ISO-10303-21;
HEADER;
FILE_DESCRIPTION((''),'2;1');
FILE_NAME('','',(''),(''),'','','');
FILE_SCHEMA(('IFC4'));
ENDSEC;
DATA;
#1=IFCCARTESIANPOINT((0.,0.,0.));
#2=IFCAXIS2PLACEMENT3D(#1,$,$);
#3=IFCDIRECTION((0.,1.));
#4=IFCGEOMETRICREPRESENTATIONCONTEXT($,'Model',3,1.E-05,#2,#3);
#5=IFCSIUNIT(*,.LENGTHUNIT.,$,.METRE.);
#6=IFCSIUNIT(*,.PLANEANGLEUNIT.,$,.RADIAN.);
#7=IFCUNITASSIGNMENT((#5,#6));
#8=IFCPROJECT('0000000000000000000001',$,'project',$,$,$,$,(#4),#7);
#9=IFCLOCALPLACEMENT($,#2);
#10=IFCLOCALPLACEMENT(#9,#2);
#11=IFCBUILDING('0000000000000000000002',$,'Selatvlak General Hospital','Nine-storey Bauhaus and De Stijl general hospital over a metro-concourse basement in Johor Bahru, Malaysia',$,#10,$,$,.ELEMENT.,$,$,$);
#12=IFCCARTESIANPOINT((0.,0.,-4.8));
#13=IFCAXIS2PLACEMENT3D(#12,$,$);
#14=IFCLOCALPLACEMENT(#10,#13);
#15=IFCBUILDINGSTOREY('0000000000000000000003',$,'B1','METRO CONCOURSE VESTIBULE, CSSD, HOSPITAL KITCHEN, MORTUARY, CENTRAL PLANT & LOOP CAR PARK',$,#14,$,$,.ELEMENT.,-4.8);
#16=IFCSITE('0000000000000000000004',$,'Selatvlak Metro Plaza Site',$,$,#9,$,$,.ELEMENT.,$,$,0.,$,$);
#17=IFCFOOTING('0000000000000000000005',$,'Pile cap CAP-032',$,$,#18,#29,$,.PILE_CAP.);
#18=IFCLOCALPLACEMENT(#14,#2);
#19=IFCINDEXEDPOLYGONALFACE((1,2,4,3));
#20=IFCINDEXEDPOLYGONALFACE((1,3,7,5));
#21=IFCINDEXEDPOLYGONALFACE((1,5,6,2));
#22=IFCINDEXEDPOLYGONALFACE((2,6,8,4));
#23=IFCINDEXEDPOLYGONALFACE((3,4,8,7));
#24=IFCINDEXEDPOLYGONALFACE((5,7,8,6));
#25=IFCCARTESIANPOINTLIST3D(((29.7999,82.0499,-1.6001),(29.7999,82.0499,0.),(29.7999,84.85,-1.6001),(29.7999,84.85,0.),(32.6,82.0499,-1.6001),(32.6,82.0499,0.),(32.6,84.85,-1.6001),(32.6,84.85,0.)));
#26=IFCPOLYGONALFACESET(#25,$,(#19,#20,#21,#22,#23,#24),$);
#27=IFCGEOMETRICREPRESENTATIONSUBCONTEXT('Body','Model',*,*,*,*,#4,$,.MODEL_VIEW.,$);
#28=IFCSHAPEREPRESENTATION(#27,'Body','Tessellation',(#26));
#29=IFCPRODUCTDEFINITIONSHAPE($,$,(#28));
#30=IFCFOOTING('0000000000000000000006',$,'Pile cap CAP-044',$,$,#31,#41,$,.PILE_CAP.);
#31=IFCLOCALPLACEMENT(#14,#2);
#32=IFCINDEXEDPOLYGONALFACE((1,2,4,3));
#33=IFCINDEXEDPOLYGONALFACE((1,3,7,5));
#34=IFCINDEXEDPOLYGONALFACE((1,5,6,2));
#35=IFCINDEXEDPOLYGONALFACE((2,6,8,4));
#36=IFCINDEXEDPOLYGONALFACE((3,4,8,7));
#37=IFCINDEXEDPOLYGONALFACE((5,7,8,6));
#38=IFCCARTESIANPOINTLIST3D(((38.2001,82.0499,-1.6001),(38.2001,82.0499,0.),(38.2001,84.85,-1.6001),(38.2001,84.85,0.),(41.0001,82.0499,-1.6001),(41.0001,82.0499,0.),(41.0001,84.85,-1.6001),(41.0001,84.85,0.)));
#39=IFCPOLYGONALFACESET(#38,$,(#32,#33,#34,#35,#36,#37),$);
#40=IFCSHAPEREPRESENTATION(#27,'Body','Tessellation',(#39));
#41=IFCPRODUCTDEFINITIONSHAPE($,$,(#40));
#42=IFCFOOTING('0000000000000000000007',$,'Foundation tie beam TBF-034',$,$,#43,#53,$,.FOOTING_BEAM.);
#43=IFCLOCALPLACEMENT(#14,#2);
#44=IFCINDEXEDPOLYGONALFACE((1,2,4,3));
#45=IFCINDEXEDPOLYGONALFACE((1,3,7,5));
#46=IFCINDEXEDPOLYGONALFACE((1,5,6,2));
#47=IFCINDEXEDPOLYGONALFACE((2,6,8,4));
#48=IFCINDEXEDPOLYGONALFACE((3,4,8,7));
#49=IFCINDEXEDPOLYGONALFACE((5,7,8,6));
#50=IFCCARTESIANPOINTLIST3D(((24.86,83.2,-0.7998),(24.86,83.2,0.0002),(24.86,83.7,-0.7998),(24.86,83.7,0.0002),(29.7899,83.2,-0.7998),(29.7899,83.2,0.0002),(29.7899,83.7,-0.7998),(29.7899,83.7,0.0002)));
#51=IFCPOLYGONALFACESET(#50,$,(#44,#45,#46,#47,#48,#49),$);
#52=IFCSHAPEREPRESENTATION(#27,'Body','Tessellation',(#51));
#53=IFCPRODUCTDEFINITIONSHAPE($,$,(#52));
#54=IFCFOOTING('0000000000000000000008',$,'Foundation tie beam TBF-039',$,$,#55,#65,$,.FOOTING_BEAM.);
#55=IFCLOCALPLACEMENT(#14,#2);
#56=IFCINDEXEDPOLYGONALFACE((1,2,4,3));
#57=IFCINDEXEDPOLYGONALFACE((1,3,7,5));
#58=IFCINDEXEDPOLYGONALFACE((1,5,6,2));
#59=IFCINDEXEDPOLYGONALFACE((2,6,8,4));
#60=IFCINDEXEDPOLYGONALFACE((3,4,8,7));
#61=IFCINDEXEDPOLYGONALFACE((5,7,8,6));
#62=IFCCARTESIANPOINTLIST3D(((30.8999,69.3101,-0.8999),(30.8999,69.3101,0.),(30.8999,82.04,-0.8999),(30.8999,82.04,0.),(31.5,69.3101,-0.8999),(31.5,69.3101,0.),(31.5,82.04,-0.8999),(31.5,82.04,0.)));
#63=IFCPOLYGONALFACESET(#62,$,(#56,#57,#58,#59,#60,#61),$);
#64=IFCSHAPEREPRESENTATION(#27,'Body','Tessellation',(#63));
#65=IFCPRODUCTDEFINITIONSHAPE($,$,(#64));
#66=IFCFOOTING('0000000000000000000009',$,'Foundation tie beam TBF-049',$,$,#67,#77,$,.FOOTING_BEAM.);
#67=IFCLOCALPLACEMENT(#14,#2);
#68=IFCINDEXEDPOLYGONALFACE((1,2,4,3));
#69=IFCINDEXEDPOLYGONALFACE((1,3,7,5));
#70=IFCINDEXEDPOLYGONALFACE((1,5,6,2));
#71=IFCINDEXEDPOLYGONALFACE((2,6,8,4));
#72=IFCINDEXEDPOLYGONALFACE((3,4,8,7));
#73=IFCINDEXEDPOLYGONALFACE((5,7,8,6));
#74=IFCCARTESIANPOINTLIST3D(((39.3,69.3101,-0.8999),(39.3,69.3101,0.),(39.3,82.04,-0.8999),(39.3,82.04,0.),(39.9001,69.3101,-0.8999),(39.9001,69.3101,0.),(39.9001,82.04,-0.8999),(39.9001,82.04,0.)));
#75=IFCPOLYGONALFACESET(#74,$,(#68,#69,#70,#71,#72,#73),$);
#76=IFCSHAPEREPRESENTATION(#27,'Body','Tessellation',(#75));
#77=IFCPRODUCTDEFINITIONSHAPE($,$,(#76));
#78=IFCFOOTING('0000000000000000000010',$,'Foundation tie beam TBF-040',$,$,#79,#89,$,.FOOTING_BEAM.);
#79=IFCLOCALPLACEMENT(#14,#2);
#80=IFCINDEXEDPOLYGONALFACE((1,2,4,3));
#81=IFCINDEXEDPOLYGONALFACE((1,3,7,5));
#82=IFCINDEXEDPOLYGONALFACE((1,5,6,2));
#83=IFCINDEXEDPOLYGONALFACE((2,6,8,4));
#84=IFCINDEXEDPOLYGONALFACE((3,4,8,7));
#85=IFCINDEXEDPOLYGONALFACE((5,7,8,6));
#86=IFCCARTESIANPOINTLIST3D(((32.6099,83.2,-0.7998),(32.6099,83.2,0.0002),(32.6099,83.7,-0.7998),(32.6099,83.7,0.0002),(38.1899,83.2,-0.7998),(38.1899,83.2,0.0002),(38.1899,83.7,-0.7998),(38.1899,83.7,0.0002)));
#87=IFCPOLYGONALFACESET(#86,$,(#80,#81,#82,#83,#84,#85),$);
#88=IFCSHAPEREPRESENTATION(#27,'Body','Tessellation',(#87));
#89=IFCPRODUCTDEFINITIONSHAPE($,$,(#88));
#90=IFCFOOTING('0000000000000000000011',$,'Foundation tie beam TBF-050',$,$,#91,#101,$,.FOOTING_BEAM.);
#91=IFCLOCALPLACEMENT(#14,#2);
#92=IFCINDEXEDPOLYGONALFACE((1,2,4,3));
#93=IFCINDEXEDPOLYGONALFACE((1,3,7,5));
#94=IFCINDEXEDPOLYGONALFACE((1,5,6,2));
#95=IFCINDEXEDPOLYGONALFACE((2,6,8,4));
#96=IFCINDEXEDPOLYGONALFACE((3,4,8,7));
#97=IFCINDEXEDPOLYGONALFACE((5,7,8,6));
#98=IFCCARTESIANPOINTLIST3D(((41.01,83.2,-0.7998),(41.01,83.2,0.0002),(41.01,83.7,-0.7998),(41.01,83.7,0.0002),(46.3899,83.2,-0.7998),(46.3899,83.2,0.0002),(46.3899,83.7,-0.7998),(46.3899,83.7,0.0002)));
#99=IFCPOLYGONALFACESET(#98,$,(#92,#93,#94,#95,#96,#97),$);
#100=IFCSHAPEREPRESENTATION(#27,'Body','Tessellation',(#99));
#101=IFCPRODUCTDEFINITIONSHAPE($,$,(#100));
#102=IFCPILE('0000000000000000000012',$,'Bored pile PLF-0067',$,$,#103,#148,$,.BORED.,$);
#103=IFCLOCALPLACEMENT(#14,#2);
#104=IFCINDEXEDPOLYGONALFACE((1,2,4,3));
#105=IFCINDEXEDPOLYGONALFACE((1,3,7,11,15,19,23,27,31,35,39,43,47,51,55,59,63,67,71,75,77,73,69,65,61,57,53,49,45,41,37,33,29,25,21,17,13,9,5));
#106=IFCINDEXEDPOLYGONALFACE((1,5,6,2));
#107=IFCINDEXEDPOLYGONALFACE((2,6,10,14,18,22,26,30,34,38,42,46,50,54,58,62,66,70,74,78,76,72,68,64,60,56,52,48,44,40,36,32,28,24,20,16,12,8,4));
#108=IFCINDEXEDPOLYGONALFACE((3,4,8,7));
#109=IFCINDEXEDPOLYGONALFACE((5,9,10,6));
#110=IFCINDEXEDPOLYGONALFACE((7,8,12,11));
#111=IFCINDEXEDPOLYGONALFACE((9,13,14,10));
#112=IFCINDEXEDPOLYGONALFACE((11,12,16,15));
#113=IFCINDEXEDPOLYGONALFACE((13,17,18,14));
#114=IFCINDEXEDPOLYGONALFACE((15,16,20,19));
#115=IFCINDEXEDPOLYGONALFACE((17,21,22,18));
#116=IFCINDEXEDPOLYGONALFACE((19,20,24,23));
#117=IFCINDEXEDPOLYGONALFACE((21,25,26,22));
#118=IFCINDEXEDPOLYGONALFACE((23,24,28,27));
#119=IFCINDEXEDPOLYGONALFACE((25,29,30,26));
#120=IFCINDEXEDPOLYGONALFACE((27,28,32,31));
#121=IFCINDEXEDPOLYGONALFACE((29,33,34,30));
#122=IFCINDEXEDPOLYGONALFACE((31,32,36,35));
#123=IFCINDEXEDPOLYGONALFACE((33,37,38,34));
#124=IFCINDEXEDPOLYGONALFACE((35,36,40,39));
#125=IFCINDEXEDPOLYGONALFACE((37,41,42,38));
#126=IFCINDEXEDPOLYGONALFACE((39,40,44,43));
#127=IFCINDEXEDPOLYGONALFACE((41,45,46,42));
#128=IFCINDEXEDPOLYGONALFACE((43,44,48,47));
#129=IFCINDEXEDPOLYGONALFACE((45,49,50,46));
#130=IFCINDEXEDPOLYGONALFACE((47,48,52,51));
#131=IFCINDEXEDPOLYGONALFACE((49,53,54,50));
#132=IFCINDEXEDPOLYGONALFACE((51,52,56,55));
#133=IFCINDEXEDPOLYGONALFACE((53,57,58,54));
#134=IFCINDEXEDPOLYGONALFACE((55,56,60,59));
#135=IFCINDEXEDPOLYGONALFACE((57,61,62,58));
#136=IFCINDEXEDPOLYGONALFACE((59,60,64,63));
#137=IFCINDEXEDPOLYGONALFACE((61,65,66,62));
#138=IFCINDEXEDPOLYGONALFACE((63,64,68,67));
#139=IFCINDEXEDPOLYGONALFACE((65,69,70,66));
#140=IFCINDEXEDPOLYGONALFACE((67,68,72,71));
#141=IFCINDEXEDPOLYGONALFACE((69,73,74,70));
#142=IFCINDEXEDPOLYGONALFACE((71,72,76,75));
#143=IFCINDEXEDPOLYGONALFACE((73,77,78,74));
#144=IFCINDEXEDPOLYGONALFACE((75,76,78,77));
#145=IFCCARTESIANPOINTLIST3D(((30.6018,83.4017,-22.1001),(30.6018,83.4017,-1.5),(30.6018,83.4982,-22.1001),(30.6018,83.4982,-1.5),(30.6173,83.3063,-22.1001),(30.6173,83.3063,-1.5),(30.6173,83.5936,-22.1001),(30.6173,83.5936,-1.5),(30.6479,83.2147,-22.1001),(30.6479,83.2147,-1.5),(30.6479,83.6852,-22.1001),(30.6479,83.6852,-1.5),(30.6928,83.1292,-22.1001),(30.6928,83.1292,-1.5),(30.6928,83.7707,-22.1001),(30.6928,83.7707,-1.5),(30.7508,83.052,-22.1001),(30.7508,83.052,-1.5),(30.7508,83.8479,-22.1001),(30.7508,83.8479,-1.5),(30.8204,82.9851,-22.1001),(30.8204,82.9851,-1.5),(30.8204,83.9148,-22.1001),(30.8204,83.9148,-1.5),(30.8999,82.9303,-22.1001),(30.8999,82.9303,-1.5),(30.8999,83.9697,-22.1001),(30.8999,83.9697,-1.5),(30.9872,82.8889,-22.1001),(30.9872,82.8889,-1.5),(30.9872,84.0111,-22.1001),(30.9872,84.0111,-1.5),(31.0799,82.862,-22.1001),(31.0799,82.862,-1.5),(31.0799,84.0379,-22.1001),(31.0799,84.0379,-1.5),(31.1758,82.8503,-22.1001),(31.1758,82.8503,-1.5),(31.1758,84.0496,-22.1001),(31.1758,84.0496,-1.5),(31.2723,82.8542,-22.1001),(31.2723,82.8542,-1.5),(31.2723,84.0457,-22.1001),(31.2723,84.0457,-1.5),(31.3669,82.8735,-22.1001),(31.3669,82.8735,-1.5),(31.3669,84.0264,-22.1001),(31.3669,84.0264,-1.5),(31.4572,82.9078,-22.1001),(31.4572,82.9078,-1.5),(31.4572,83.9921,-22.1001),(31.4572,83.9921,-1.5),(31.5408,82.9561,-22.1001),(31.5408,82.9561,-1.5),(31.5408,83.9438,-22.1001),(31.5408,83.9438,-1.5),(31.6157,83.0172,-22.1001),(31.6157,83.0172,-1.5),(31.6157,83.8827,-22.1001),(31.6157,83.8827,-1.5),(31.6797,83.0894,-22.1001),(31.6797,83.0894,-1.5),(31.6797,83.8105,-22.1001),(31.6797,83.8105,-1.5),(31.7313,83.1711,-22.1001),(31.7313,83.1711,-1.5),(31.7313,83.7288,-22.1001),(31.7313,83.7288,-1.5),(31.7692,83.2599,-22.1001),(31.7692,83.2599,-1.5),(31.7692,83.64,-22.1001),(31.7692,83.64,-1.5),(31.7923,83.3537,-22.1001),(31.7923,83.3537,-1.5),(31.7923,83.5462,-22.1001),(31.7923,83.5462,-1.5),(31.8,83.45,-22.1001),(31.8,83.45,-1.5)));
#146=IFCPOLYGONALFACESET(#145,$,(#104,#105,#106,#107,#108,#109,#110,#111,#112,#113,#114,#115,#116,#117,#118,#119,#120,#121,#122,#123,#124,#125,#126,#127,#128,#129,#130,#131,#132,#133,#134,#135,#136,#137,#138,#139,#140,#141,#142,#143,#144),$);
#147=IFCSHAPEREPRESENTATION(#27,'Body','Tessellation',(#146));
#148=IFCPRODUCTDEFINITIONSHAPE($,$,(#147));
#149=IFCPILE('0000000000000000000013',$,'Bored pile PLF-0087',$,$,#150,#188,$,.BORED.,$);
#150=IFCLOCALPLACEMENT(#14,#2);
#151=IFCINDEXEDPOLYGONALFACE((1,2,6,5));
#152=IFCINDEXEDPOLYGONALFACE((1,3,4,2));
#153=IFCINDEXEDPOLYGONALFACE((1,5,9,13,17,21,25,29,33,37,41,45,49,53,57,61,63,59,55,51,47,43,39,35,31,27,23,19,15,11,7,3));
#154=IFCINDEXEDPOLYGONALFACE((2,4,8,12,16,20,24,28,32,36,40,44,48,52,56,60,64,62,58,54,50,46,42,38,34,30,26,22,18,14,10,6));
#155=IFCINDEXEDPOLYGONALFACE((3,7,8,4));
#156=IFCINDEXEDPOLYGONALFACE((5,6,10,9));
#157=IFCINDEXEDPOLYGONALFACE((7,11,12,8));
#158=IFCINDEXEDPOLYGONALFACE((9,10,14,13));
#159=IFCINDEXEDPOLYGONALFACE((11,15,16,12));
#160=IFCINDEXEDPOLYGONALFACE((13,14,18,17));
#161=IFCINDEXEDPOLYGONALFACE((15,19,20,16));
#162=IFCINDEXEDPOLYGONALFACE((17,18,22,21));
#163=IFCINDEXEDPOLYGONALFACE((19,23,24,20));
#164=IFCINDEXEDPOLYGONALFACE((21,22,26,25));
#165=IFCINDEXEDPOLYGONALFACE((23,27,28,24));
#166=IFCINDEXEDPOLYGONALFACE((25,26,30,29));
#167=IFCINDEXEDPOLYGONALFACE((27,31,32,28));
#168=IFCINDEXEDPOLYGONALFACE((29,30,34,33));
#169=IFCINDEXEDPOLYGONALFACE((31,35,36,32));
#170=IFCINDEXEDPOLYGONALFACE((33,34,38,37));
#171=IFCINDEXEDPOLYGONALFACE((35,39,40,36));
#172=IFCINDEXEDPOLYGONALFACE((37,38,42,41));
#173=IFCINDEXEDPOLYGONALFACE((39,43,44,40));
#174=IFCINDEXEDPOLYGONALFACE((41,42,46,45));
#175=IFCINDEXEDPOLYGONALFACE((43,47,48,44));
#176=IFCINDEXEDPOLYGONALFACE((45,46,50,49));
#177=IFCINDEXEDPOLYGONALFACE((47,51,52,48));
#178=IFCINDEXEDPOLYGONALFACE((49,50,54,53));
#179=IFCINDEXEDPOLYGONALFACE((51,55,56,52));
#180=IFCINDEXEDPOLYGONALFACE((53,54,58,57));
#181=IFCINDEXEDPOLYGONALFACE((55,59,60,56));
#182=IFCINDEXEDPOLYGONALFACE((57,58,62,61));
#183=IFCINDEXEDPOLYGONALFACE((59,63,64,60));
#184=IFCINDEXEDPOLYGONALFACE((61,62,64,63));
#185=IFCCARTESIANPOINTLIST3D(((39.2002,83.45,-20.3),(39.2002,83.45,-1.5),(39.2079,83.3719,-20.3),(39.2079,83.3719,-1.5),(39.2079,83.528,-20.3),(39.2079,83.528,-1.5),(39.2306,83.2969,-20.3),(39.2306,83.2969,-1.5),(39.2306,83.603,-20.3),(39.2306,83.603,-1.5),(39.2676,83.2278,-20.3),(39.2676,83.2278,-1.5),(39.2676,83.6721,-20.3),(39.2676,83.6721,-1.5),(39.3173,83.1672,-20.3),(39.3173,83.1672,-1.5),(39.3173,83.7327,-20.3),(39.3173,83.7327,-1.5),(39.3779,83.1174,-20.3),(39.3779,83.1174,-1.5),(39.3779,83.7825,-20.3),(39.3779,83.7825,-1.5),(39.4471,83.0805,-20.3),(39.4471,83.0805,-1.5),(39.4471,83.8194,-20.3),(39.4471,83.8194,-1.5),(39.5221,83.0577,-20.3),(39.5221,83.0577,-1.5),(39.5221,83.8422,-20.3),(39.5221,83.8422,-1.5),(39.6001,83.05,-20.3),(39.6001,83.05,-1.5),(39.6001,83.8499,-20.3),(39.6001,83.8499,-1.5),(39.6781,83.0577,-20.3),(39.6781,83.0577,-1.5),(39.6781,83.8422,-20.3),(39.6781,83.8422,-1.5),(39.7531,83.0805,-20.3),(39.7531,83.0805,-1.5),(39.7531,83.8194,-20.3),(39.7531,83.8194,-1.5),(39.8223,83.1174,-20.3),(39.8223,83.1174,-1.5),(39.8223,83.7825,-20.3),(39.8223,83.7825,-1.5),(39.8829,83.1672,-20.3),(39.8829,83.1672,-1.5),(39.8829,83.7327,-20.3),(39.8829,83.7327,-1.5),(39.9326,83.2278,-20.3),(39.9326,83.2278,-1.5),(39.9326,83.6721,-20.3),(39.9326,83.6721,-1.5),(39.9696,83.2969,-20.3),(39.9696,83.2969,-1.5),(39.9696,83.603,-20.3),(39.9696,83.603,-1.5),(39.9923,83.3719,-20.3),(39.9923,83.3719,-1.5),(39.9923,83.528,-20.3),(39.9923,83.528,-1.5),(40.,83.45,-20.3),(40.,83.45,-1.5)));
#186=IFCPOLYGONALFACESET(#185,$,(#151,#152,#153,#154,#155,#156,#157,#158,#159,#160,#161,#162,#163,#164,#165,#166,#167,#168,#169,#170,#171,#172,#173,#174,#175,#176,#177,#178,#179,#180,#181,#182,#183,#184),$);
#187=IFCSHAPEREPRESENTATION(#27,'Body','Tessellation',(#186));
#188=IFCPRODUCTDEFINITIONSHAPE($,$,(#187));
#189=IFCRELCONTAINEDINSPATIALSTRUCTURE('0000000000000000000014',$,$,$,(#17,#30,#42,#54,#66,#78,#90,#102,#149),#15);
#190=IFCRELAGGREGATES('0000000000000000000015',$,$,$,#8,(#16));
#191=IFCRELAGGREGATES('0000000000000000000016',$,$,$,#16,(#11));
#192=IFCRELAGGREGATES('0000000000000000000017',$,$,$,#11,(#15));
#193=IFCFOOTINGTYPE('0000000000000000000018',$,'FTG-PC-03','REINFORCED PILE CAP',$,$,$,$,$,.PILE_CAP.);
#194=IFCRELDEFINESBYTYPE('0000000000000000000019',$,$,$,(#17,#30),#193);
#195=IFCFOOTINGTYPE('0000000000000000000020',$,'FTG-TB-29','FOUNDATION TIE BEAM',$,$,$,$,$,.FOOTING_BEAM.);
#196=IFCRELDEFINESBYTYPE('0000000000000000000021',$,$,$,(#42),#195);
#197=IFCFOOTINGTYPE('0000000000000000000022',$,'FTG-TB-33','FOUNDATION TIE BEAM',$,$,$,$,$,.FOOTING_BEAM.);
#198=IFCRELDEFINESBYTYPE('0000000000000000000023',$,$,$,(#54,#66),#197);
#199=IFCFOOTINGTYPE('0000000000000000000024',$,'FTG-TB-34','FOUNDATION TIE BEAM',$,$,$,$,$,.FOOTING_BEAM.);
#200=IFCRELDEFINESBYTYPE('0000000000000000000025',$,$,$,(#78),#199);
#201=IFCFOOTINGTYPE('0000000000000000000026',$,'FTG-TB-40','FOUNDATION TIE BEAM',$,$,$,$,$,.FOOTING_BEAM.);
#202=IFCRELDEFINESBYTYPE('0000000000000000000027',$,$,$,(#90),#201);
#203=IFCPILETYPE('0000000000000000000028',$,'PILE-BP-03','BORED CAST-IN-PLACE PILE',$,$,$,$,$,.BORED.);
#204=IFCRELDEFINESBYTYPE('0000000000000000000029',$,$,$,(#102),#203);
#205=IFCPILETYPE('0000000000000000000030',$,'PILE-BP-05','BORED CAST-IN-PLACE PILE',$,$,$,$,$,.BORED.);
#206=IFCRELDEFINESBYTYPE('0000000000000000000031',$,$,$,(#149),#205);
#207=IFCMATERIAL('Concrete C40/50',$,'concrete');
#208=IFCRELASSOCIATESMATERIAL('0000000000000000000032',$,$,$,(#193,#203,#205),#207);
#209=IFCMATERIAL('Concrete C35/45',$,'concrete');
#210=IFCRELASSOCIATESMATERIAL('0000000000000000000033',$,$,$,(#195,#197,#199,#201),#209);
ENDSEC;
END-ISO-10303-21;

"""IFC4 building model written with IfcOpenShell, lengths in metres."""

from ifc_helpers import new_model, si_unit, direction, frame, origin, origin_2d, place, context, subcontext, project, spatial, rectangle, circle, extrude, material, material_profile, profile_set, type_object, element, save


model = new_model("IFC4")

# Units and contexts
model_context = context("Model", 3, precision=1e-05, world=origin(), true_north=direction((0.0, 1.0)))
body_context = subcontext(model_context, "Body", "Model", "MODEL_VIEW")
ifc_project = project(units=[si_unit("LENGTHUNIT", "METRE"), si_unit("PLANEANGLEUNIT", "RADIAN")], contexts=[model_context])

# Site, building, storey
site_placement = place(None, origin())
site = spatial("IfcSite", under=ifc_project, at=site_placement, Name="Selatvlak Metro Plaza Site", CompositionType="ELEMENT", RefElevation=0.0)
building_placement = place(site_placement, origin())
building = spatial("IfcBuilding", under=site, at=building_placement, Name="Selatvlak General Hospital", Description="Nine-storey Bauhaus and De Stijl general hospital over a metro-concourse basement in Johor Bahru, Malaysia", CompositionType="ELEMENT")
storey_placement = place(building_placement, frame((0.0, 0.0, -4.8)))
storey = spatial("IfcBuildingStorey", under=building, at=storey_placement, Name="B1", Description="METRO CONCOURSE VESTIBULE, CSSD, HOSPITAL KITCHEN, MORTUARY, CENTRAL PLANT & LOOP CAR PARK", CompositionType="ELEMENT", Elevation=-4.8)

# Footings
ifc_material_1 = material(Name="Concrete C40/50", Category="concrete")
footing_type_1 = type_object("IfcFootingType", Name="FTG-PC-03", Description="REINFORCED PILE CAP", PredefinedType="PILE_CAP", material=ifc_material_1)
for number, where, z_axis, x_axis, name in (
    (1, (31.2, 83.45, -1.6001), (0.0, 0.0, 1.0), (1.0, 0.0, 0.0), "Pile cap CAP-032"),
    (2, (39.6001, 83.45, -1.6001), (0.0, 0.0, 1.0), (1.0, 0.0, 0.0), "Pile cap CAP-044"),
):
    element("IfcFooting", number, at=place(storey_placement, frame(where, z_axis=z_axis, x_axis=x_axis)), inside=storey, type_object=footing_type_1, Name=name, PredefinedType="PILE_CAP", context=body_context, shape_type="SweptSolid", body=[
        extrude(rectangle(XDim=2.8, YDim=2.8, at=origin_2d()), origin(), (0.0, 0.0, 1.0), 1.6001),
    ])
ifc_material_2 = material(Name="Concrete C35/45", Category="concrete")
footing_type_2 = type_object("IfcFootingType", Name="FTG-TB-29", Description="FOUNDATION TIE BEAM", PredefinedType="FOOTING_BEAM", material=ifc_material_2)
footing_1_placement = place(storey_placement, frame((27.325, 83.45, -0.7998), z_axis=(0.0, 0.0, 1.0), x_axis=(1.0, 0.0, 0.0)))
element("IfcFooting", 3, at=footing_1_placement, inside=storey, type_object=footing_type_2, Name="Foundation tie beam TBF-034", PredefinedType="FOOTING_BEAM", context=body_context, shape_type="SweptSolid", body=[
    extrude(rectangle(XDim=4.9299, YDim=0.5, at=origin_2d()), origin(), (0.0, 0.0, 1.0), 0.8),
])
footing_type_3 = type_object("IfcFootingType", Name="FTG-TB-33", Description="FOUNDATION TIE BEAM", PredefinedType="FOOTING_BEAM", material=ifc_material_2)
for number, where, z_axis, x_axis, name in (
    (4, (31.2, 75.675, -0.8999), (0.0, 0.0, 1.0), (0.0, 1.0, 0.0), "Foundation tie beam TBF-039"),
    (5, (39.6001, 75.675, -0.8999), (0.0, 0.0, 1.0), (0.0, 1.0, 0.0), "Foundation tie beam TBF-049"),
):
    element("IfcFooting", number, at=place(storey_placement, frame(where, z_axis=z_axis, x_axis=x_axis)), inside=storey, type_object=footing_type_3, Name=name, PredefinedType="FOOTING_BEAM", context=body_context, shape_type="SweptSolid", body=[
        extrude(rectangle(XDim=12.73, YDim=0.6001, at=origin_2d()), origin(), (0.0, 0.0, 1.0), 0.8999),
    ])
footing_type_4 = type_object("IfcFootingType", Name="FTG-TB-34", Description="FOUNDATION TIE BEAM", PredefinedType="FOOTING_BEAM", material=ifc_material_2)
footing_2_placement = place(storey_placement, frame((35.3999, 83.45, -0.7998), z_axis=(0.0, 0.0, 1.0), x_axis=(1.0, 0.0, 0.0)))
element("IfcFooting", 6, at=footing_2_placement, inside=storey, type_object=footing_type_4, Name="Foundation tie beam TBF-040", PredefinedType="FOOTING_BEAM", context=body_context, shape_type="SweptSolid", body=[
    extrude(rectangle(XDim=5.5801, YDim=0.5, at=origin_2d()), origin(), (0.0, 0.0, 1.0), 0.8),
])
footing_type_5 = type_object("IfcFootingType", Name="FTG-TB-40", Description="FOUNDATION TIE BEAM", PredefinedType="FOOTING_BEAM", material=ifc_material_2)
footing_3_placement = place(storey_placement, frame((43.7, 83.45, -0.7998), z_axis=(0.0, 0.0, 1.0), x_axis=(1.0, 0.0, 0.0)))
element("IfcFooting", 7, at=footing_3_placement, inside=storey, type_object=footing_type_5, Name="Foundation tie beam TBF-050", PredefinedType="FOOTING_BEAM", context=body_context, shape_type="SweptSolid", body=[
    extrude(rectangle(XDim=5.3799, YDim=0.5, at=origin_2d()), origin(), (0.0, 0.0, 1.0), 0.8),
])

# Piles
ifc_material_profile_1 = material_profile(ifc_material_1, circle(Radius=0.6001, at=origin_2d()), Name="BORED PILE 1200")
ifc_profile_set_1 = profile_set([ifc_material_profile_1], Name="Concrete C40/50")
pile_type_1 = type_object("IfcPileType", Name="PILE-BP-03", Description="BORED CAST-IN-PLACE PILE", PredefinedType="BORED", material=ifc_profile_set_1)
pile_1_placement = place(storey_placement, frame((31.2, 83.45, -1.5), z_axis=(0.0, 0.0, -1.0), x_axis=(1.0, 0.0, 0.0)))
element("IfcPile", 8, at=pile_1_placement, inside=storey, type_object=pile_type_1, Name="Bored pile PLF-0067", PredefinedType="BORED", context=body_context, shape_type="SweptSolid", body=[
    extrude(circle(Radius=0.6001, at=origin_2d()), origin(), (0.0, 0.0, 1.0), 20.6001),
])
ifc_material_profile_2 = material_profile(ifc_material_1, circle(Radius=0.3999, at=origin_2d()), Name="BORED PILE 800")
ifc_profile_set_2 = profile_set([ifc_material_profile_2], Name="Concrete C40/50")
pile_type_2 = type_object("IfcPileType", Name="PILE-BP-05", Description="BORED CAST-IN-PLACE PILE", PredefinedType="BORED", material=ifc_profile_set_2)
pile_2_placement = place(storey_placement, frame((39.6001, 83.45, -1.5), z_axis=(0.0, 0.0, -1.0), x_axis=(1.0, 0.0, 0.0)))
element("IfcPile", 9, at=pile_2_placement, inside=storey, type_object=pile_type_2, Name="Bored pile PLF-0087", PredefinedType="BORED", context=body_context, shape_type="SweptSolid", body=[
    extrude(circle(Radius=0.3999, at=origin_2d()), origin(), (0.0, 0.0, 1.0), 18.8),
])

save(model, "model.ifc")
